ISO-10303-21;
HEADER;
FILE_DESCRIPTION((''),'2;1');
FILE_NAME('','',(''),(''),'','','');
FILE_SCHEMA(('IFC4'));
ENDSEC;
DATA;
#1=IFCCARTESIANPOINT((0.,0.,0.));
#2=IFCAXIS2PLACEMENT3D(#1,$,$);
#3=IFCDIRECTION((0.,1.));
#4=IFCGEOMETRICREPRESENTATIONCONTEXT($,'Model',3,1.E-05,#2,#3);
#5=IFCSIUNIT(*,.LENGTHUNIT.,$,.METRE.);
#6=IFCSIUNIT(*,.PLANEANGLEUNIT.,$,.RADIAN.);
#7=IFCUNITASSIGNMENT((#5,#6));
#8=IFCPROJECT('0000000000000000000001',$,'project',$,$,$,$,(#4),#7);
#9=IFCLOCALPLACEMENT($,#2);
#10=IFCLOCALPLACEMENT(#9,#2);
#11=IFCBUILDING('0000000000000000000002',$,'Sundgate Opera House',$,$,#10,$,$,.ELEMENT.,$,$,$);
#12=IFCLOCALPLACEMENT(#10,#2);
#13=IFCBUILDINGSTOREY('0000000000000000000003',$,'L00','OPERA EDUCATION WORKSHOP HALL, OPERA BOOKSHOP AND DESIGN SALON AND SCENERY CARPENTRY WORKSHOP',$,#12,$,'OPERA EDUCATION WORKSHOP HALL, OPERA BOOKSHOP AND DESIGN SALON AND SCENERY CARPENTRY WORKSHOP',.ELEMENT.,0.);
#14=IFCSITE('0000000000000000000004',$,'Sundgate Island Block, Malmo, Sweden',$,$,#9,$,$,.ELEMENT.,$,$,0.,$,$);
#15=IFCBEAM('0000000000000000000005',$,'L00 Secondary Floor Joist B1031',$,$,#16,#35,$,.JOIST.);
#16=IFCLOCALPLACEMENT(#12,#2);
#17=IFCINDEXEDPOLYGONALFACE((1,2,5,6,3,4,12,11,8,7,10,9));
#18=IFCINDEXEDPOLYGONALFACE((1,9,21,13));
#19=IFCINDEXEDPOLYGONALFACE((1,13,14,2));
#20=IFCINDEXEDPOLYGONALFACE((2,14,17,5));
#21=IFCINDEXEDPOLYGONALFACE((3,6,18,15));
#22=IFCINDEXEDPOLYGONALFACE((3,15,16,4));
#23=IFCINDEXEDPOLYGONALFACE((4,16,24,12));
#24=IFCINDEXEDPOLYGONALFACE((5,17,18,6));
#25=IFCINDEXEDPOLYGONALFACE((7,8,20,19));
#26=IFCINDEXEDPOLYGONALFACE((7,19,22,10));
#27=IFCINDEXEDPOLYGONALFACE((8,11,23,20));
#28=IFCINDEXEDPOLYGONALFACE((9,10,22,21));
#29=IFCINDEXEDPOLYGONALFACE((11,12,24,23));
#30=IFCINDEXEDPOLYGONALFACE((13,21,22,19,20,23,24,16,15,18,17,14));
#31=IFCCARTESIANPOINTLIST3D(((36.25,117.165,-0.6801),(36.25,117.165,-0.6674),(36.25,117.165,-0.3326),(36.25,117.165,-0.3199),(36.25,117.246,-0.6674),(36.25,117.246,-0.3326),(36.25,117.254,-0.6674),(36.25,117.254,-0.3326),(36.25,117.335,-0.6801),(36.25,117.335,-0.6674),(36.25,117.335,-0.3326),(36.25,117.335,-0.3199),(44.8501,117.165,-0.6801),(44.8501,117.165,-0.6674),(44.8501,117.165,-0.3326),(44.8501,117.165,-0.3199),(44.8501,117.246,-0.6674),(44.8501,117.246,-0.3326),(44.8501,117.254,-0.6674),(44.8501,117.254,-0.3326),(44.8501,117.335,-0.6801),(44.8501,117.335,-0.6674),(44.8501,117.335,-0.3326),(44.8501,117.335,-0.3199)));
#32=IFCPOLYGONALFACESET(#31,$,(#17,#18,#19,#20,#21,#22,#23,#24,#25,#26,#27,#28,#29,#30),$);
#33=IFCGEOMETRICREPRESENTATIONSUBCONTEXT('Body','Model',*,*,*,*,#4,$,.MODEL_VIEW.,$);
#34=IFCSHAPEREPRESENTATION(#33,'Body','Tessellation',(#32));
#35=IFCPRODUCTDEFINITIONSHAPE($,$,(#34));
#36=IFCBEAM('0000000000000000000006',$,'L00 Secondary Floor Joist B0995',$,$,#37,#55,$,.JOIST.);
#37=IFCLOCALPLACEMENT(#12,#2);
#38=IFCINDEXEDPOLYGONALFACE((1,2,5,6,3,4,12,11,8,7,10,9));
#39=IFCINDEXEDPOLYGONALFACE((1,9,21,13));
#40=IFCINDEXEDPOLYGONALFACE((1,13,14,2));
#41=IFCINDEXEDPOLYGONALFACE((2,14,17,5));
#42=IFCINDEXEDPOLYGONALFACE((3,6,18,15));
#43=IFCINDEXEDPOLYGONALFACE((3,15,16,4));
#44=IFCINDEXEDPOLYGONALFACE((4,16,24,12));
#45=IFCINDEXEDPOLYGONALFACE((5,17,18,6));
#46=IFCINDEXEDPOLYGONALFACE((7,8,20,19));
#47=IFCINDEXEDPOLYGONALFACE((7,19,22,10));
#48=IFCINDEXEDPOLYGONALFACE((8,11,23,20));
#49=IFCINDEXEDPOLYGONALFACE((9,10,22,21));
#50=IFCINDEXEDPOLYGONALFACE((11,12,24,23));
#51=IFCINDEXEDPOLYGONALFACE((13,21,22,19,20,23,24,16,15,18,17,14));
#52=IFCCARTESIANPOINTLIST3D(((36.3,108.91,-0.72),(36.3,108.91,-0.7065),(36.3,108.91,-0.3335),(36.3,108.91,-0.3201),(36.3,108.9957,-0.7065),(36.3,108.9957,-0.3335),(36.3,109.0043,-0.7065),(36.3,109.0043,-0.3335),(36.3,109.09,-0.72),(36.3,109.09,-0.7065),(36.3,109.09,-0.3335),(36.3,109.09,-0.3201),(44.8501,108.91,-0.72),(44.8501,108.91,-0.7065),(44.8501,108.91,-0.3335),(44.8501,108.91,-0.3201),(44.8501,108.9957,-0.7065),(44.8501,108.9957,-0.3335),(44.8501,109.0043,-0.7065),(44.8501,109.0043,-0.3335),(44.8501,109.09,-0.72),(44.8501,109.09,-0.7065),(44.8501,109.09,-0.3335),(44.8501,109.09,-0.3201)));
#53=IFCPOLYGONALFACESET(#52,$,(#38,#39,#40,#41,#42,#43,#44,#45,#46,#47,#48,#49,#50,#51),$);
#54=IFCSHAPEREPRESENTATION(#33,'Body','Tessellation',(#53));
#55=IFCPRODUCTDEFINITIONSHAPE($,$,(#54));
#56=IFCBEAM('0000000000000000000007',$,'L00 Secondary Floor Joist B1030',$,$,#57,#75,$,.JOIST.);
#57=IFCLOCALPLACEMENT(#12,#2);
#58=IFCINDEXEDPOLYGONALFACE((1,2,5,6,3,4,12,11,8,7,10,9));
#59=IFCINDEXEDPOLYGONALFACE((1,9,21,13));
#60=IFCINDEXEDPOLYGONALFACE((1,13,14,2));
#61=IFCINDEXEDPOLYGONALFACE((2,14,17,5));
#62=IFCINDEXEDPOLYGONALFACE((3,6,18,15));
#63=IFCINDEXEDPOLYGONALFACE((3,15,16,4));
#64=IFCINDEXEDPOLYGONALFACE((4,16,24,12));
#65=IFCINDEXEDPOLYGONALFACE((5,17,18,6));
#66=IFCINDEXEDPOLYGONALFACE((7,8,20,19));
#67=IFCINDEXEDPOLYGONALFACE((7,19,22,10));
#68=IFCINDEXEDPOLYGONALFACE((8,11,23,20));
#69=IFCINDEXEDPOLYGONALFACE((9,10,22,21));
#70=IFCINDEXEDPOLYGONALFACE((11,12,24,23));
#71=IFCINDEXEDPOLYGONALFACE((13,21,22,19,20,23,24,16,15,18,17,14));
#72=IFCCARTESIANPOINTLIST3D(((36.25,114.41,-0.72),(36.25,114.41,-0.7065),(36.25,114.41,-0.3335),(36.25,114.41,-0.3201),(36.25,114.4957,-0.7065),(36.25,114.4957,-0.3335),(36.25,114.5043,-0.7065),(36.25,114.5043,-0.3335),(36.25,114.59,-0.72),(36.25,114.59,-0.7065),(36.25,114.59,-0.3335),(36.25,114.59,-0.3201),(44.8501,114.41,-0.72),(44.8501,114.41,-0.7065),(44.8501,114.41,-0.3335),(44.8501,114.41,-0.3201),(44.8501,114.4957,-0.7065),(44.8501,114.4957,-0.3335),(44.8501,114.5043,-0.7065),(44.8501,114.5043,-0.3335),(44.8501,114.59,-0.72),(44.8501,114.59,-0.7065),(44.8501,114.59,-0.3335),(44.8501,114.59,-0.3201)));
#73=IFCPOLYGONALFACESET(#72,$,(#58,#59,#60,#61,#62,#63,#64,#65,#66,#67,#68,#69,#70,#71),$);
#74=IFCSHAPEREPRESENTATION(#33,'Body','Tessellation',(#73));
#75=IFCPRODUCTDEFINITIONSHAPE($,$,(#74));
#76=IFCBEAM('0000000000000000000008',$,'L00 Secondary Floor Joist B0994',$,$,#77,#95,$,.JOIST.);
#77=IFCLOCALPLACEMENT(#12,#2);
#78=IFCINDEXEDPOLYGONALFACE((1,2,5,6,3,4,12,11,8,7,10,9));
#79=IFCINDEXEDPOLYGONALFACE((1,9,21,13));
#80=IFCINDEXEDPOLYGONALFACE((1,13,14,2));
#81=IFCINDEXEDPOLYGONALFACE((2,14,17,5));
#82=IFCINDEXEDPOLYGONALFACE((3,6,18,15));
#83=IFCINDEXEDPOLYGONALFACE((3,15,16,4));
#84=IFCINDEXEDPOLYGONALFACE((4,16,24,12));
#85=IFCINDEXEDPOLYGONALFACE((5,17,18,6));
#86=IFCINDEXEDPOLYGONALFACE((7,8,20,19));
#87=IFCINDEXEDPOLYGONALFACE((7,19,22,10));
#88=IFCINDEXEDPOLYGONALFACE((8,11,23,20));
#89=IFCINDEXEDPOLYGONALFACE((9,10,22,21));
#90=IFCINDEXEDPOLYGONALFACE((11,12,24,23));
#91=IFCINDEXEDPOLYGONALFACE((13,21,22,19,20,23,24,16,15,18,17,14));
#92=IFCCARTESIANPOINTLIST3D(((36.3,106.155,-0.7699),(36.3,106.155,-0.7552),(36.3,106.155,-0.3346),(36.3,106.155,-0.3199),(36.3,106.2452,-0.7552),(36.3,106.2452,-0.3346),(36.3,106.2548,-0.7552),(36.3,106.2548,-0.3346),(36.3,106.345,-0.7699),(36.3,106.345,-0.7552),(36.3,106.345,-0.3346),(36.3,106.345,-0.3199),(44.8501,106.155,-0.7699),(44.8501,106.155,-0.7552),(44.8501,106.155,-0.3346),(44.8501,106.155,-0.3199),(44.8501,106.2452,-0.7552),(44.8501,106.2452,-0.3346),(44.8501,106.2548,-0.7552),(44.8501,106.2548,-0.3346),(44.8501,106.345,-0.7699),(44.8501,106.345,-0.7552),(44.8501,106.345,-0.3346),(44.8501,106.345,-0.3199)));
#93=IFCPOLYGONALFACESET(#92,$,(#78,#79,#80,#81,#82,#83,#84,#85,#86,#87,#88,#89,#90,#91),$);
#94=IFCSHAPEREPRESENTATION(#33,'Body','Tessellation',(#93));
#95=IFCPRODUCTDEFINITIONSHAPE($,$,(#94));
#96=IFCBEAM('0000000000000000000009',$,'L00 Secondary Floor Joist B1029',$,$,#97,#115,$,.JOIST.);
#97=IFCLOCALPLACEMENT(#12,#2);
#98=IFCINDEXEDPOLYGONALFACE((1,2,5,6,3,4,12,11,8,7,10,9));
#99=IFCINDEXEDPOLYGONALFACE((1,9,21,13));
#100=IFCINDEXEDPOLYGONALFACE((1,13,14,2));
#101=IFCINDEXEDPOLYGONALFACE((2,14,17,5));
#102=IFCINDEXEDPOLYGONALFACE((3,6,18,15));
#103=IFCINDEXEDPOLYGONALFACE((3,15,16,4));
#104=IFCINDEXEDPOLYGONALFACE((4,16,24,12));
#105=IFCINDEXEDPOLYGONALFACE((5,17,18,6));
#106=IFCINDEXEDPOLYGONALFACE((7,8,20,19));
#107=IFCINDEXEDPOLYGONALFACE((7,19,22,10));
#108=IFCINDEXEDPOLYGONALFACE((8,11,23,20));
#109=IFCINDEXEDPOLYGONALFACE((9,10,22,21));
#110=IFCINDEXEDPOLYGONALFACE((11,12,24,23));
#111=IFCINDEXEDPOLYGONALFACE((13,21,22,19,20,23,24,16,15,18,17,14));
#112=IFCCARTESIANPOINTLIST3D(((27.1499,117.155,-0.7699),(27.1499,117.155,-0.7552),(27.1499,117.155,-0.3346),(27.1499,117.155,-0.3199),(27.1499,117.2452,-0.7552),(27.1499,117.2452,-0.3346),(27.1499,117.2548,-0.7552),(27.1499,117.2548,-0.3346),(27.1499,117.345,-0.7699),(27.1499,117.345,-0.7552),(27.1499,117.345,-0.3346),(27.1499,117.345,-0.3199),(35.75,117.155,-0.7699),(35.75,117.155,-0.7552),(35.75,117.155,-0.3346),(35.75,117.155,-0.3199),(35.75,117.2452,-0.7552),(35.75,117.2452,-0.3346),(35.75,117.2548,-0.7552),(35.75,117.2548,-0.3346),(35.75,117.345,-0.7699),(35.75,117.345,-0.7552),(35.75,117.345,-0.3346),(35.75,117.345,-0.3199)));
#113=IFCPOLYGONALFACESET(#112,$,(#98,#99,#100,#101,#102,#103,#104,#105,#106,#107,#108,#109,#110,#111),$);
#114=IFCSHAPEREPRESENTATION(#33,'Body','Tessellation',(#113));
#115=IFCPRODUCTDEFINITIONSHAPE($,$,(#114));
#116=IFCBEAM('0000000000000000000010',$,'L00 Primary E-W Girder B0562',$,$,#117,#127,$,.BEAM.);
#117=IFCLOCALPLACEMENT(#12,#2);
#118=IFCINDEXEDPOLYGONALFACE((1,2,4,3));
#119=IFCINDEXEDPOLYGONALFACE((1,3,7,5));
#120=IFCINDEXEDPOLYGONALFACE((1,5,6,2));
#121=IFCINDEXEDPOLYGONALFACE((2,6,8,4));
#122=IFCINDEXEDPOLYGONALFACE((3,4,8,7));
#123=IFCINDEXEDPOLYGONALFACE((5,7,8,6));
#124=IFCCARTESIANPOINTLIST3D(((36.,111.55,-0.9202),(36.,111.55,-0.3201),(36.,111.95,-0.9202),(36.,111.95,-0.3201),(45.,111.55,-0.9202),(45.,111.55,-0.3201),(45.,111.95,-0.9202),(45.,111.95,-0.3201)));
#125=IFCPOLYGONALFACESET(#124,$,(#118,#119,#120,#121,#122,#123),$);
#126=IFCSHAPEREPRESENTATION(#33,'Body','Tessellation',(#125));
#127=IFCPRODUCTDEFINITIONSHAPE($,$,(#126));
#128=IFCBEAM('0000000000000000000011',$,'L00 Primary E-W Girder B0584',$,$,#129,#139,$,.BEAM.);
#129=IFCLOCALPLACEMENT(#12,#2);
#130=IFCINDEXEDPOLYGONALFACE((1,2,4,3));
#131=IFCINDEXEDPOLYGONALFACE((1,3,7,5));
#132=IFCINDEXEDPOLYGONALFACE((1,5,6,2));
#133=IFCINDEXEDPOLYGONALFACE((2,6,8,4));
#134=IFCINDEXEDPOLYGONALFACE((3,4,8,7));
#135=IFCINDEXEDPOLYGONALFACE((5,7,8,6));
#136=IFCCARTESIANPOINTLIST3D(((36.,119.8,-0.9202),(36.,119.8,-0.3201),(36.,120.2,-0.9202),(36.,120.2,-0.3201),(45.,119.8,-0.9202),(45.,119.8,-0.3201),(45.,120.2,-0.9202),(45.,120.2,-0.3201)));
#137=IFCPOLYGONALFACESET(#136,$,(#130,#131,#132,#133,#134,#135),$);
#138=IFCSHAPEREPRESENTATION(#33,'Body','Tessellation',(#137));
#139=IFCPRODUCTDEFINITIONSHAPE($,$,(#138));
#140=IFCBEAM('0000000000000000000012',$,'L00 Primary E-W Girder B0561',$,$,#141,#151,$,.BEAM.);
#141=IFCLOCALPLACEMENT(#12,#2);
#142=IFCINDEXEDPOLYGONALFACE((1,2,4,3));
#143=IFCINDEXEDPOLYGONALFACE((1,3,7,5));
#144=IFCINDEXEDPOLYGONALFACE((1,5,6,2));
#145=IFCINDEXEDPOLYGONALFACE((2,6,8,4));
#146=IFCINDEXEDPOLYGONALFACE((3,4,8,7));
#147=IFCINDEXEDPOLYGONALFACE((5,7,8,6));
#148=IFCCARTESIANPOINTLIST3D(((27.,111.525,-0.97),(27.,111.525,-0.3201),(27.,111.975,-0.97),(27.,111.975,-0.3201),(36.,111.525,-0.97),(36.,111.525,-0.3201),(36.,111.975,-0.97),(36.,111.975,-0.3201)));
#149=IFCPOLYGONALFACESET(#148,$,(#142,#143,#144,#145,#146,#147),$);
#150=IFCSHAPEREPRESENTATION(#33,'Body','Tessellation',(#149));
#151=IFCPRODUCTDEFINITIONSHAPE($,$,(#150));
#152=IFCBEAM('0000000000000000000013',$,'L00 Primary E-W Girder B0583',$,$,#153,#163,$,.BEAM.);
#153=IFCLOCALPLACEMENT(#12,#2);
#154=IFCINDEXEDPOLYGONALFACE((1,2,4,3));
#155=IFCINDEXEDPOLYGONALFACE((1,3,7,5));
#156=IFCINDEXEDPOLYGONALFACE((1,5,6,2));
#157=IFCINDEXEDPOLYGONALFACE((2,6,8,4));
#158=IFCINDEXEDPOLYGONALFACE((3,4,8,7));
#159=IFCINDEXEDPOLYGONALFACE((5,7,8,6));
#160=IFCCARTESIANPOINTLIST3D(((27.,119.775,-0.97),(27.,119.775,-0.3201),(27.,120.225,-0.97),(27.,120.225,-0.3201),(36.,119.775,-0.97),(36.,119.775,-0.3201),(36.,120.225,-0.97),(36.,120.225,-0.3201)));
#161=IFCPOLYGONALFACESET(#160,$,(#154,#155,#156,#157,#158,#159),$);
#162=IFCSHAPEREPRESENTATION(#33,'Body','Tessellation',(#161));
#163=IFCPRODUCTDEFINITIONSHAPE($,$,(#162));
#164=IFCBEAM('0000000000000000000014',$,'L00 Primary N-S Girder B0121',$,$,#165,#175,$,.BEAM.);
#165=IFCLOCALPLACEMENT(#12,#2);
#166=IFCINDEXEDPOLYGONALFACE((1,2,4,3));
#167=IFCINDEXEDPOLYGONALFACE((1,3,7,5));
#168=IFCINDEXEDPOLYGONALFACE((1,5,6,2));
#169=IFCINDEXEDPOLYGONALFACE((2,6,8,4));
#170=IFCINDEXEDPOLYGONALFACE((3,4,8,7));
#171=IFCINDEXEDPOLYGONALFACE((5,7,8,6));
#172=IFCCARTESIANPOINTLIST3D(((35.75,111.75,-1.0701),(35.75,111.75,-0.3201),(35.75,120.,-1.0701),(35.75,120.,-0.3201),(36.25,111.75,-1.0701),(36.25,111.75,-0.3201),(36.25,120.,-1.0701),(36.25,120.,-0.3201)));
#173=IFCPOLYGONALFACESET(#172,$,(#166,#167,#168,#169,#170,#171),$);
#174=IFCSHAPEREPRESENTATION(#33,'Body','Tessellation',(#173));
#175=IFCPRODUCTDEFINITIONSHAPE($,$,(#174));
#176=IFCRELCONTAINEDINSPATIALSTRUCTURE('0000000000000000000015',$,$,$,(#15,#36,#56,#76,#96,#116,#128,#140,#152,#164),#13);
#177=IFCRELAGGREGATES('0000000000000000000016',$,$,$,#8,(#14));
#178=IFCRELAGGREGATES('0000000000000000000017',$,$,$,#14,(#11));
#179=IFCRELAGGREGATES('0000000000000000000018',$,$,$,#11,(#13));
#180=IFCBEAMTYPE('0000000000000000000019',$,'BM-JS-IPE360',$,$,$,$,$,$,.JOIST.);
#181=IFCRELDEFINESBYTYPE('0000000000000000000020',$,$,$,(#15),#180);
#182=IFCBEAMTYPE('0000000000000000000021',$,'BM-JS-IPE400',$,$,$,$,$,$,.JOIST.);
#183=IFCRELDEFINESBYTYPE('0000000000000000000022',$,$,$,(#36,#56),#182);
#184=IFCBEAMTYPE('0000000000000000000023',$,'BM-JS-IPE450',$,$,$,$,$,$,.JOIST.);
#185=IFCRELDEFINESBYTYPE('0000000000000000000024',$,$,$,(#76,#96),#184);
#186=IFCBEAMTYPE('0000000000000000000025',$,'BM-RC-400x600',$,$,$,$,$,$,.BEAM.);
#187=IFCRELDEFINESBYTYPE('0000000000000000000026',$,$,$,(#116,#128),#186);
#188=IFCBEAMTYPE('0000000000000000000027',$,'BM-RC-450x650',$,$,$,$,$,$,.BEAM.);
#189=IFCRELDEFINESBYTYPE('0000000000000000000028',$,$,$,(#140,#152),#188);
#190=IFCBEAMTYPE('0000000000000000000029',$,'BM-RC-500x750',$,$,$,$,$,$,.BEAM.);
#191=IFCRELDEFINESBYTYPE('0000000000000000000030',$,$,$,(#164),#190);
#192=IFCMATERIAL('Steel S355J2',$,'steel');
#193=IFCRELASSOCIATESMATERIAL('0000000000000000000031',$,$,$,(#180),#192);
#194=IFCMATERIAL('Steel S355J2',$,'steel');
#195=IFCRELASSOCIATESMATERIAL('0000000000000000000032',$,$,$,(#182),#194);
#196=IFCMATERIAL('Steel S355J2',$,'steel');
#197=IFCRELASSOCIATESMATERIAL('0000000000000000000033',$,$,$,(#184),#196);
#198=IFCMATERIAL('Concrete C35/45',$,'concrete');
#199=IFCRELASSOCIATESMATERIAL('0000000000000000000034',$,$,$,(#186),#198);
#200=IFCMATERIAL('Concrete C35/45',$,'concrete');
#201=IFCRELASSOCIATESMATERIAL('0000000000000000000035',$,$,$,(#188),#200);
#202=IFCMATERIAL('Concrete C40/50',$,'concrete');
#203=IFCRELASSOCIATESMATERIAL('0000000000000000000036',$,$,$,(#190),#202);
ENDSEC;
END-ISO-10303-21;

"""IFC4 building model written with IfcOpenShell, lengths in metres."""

from ifc_helpers import new_model, si_unit, direction, frame, origin, origin_2d, place, context, subcontext, project, spatial, rectangle, i_section, extrude, material, material_profile, profile_set, type_object, element, save


model = new_model("IFC4")

# Units and contexts
model_context = context("Model", 3, precision=1e-05, world=origin(), true_north=direction((0.0, 1.0)))
body_context = subcontext(model_context, "Body", "Model", "MODEL_VIEW")
ifc_project = project(units=[si_unit("LENGTHUNIT", "METRE"), si_unit("PLANEANGLEUNIT", "RADIAN")], contexts=[model_context])

# Site, building, storey
site_placement = place(None, origin())
site = spatial("IfcSite", under=ifc_project, at=site_placement, Name="Sundgate Island Block, Malmo, Sweden", CompositionType="ELEMENT", RefElevation=0.0)
building_placement = place(site_placement, origin())
building = spatial("IfcBuilding", under=site, at=building_placement, Name="Sundgate Opera House", CompositionType="ELEMENT")
storey_placement = place(building_placement, origin())
storey = spatial("IfcBuildingStorey", under=building, at=storey_placement, Name="L00", Description="OPERA EDUCATION WORKSHOP HALL, OPERA BOOKSHOP AND DESIGN SALON AND SCENERY CARPENTRY WORKSHOP", LongName="OPERA EDUCATION WORKSHOP HALL, OPERA BOOKSHOP AND DESIGN SALON AND SCENERY CARPENTRY WORKSHOP", CompositionType="ELEMENT", Elevation=0.0)

# Beams
ifc_material_1 = material(Name="Steel S355J2", Category="steel")
ifc_material_profile_1 = material_profile(ifc_material_1, i_section(OverallWidth=0.1699, OverallDepth=0.3601, WebThickness=0.0081, FlangeThickness=0.0127, at=origin_2d()), Name="IPE 360")
ifc_profile_set_1 = profile_set([ifc_material_profile_1], Name="Steel S355J2")
beam_type_1 = type_object("IfcBeamType", Name="BM-JS-IPE360", PredefinedType="JOIST", material=ifc_profile_set_1)
beam_1_placement = place(storey_placement, frame((36.25, 117.25, -0.5), z_axis=(1.0, 0.0, 0.0), x_axis=(0.0, 1.0, 0.0)))
element("IfcBeam", 1, at=beam_1_placement, inside=storey, type_object=beam_type_1, Name="L00 Secondary Floor Joist B1031", PredefinedType="JOIST", context=body_context, shape_type="SweptSolid", body=[
    extrude(i_section(OverallWidth=0.1699, OverallDepth=0.3601, WebThickness=0.0081, FlangeThickness=0.0127, at=origin_2d()), origin(), (0.0, 0.0, 1.0), 8.6001),
])
ifc_material_2 = material(Name="Steel S355J2", Category="steel")
ifc_material_profile_2 = material_profile(ifc_material_2, i_section(OverallWidth=0.1799, OverallDepth=0.3999, WebThickness=0.0085, FlangeThickness=0.0134, at=origin_2d()), Name="IPE 400")
ifc_profile_set_2 = profile_set([ifc_material_profile_2], Name="Steel S355J2")
beam_type_2 = type_object("IfcBeamType", Name="BM-JS-IPE400", PredefinedType="JOIST", material=ifc_profile_set_2)
beam_2_placement = place(storey_placement, frame((36.3, 109.0, -0.52), z_axis=(1.0, 0.0, 0.0), x_axis=(0.0, 1.0, 0.0)))
element("IfcBeam", 2, at=beam_2_placement, inside=storey, type_object=beam_type_2, Name="L00 Secondary Floor Joist B0995", PredefinedType="JOIST", context=body_context, shape_type="SweptSolid", body=[
    extrude(i_section(OverallWidth=0.1799, OverallDepth=0.3999, WebThickness=0.0085, FlangeThickness=0.0134, at=origin_2d()), origin(), (0.0, 0.0, 1.0), 8.55),
])
beam_3_placement = place(storey_placement, frame((36.25, 114.5, -0.52), z_axis=(1.0, 0.0, 0.0), x_axis=(0.0, 1.0, 0.0)))
element("IfcBeam", 3, at=beam_3_placement, inside=storey, type_object=beam_type_2, Name="L00 Secondary Floor Joist B1030", PredefinedType="JOIST", context=body_context, shape_type="SweptSolid", body=[
    extrude(i_section(OverallWidth=0.1799, OverallDepth=0.3999, WebThickness=0.0085, FlangeThickness=0.0134, at=origin_2d()), origin(), (0.0, 0.0, 1.0), 8.6001),
])
ifc_material_3 = material(Name="Steel S355J2", Category="steel")
ifc_material_profile_3 = material_profile(ifc_material_3, i_section(OverallWidth=0.1899, OverallDepth=0.45, WebThickness=0.0095, FlangeThickness=0.0146, at=origin_2d()), Name="IPE 450")
ifc_profile_set_3 = profile_set([ifc_material_profile_3], Name="Steel S355J2")
beam_type_3 = type_object("IfcBeamType", Name="BM-JS-IPE450", PredefinedType="JOIST", material=ifc_profile_set_3)
beam_4_placement = place(storey_placement, frame((36.3, 106.25, -0.5449), z_axis=(1.0, 0.0, 0.0), x_axis=(0.0, 1.0, 0.0)))
element("IfcBeam", 4, at=beam_4_placement, inside=storey, type_object=beam_type_3, Name="L00 Secondary Floor Joist B0994", PredefinedType="JOIST", context=body_context, shape_type="SweptSolid", body=[
    extrude(i_section(OverallWidth=0.1899, OverallDepth=0.45, WebThickness=0.0095, FlangeThickness=0.0146, at=origin_2d()), origin(), (0.0, 0.0, 1.0), 8.55),
])
beam_5_placement = place(storey_placement, frame((27.1499, 117.25, -0.5449), z_axis=(1.0, 0.0, 0.0), x_axis=(0.0, 1.0, 0.0)))
element("IfcBeam", 5, at=beam_5_placement, inside=storey, type_object=beam_type_3, Name="L00 Secondary Floor Joist B1029", PredefinedType="JOIST", context=body_context, shape_type="SweptSolid", body=[
    extrude(i_section(OverallWidth=0.1899, OverallDepth=0.45, WebThickness=0.0095, FlangeThickness=0.0146, at=origin_2d()), origin(), (0.0, 0.0, 1.0), 8.6001),
])
ifc_material_4 = material(Name="Concrete C35/45", Category="concrete")
ifc_material_profile_4 = material_profile(ifc_material_4, rectangle(XDim=0.3999, YDim=0.6001, at=origin_2d()), Name="RC 400x600")
ifc_profile_set_4 = profile_set([ifc_material_profile_4], Name="Concrete C35/45")
beam_type_4 = type_object("IfcBeamType", Name="BM-RC-400x600", PredefinedType="BEAM", material=ifc_profile_set_4)
for number, where, z_axis, x_axis, name in (
    (6, (36.0, 111.75, -0.6201), (1.0, 0.0, 0.0), (0.0, 1.0, 0.0), "L00 Primary E-W Girder B0562"),
    (7, (36.0, 120.0, -0.6201), (1.0, 0.0, 0.0), (0.0, 1.0, 0.0), "L00 Primary E-W Girder B0584"),
):
    element("IfcBeam", number, at=place(storey_placement, frame(where, z_axis=z_axis, x_axis=x_axis)), inside=storey, type_object=beam_type_4, Name=name, PredefinedType="BEAM", context=body_context, shape_type="SweptSolid", body=[
        extrude(rectangle(XDim=0.3999, YDim=0.6001, at=origin_2d()), origin(), (0.0, 0.0, 1.0), 9.0),
    ])
ifc_material_5 = material(Name="Concrete C35/45", Category="concrete")
ifc_material_profile_5 = material_profile(ifc_material_5, rectangle(XDim=0.45, YDim=0.6499, at=origin_2d()), Name="RC 450x650")
ifc_profile_set_5 = profile_set([ifc_material_profile_5], Name="Concrete C35/45")
beam_type_5 = type_object("IfcBeamType", Name="BM-RC-450x650", PredefinedType="BEAM", material=ifc_profile_set_5)
for number, where, z_axis, x_axis, name in (
    (8, (27.0, 111.75, -0.645), (1.0, 0.0, 0.0), (0.0, 1.0, 0.0), "L00 Primary E-W Girder B0561"),
    (9, (27.0, 120.0, -0.645), (1.0, 0.0, 0.0), (0.0, 1.0, 0.0), "L00 Primary E-W Girder B0583"),
):
    element("IfcBeam", number, at=place(storey_placement, frame(where, z_axis=z_axis, x_axis=x_axis)), inside=storey, type_object=beam_type_5, Name=name, PredefinedType="BEAM", context=body_context, shape_type="SweptSolid", body=[
        extrude(rectangle(XDim=0.45, YDim=0.6499, at=origin_2d()), origin(), (0.0, 0.0, 1.0), 9.0),
    ])
ifc_material_6 = material(Name="Concrete C40/50", Category="concrete")
ifc_material_profile_6 = material_profile(ifc_material_6, rectangle(XDim=0.5, YDim=0.75, at=origin_2d()), Name="RC 500x750")
ifc_profile_set_6 = profile_set([ifc_material_profile_6], Name="Concrete C40/50")
beam_type_6 = type_object("IfcBeamType", Name="BM-RC-500x750", PredefinedType="BEAM", material=ifc_profile_set_6)
beam_6_placement = place(storey_placement, frame((36.0, 111.75, -0.6951), z_axis=(0.0, 1.0, 0.0), x_axis=(-1.0, 0.0, 0.0)))
element("IfcBeam", 10, at=beam_6_placement, inside=storey, type_object=beam_type_6, Name="L00 Primary N-S Girder B0121", PredefinedType="BEAM", context=body_context, shape_type="SweptSolid", body=[
    extrude(rectangle(XDim=0.5, YDim=0.75, at=origin_2d()), origin(), (0.0, 0.0, 1.0), 8.25),
])

save(model, "model.ifc")
